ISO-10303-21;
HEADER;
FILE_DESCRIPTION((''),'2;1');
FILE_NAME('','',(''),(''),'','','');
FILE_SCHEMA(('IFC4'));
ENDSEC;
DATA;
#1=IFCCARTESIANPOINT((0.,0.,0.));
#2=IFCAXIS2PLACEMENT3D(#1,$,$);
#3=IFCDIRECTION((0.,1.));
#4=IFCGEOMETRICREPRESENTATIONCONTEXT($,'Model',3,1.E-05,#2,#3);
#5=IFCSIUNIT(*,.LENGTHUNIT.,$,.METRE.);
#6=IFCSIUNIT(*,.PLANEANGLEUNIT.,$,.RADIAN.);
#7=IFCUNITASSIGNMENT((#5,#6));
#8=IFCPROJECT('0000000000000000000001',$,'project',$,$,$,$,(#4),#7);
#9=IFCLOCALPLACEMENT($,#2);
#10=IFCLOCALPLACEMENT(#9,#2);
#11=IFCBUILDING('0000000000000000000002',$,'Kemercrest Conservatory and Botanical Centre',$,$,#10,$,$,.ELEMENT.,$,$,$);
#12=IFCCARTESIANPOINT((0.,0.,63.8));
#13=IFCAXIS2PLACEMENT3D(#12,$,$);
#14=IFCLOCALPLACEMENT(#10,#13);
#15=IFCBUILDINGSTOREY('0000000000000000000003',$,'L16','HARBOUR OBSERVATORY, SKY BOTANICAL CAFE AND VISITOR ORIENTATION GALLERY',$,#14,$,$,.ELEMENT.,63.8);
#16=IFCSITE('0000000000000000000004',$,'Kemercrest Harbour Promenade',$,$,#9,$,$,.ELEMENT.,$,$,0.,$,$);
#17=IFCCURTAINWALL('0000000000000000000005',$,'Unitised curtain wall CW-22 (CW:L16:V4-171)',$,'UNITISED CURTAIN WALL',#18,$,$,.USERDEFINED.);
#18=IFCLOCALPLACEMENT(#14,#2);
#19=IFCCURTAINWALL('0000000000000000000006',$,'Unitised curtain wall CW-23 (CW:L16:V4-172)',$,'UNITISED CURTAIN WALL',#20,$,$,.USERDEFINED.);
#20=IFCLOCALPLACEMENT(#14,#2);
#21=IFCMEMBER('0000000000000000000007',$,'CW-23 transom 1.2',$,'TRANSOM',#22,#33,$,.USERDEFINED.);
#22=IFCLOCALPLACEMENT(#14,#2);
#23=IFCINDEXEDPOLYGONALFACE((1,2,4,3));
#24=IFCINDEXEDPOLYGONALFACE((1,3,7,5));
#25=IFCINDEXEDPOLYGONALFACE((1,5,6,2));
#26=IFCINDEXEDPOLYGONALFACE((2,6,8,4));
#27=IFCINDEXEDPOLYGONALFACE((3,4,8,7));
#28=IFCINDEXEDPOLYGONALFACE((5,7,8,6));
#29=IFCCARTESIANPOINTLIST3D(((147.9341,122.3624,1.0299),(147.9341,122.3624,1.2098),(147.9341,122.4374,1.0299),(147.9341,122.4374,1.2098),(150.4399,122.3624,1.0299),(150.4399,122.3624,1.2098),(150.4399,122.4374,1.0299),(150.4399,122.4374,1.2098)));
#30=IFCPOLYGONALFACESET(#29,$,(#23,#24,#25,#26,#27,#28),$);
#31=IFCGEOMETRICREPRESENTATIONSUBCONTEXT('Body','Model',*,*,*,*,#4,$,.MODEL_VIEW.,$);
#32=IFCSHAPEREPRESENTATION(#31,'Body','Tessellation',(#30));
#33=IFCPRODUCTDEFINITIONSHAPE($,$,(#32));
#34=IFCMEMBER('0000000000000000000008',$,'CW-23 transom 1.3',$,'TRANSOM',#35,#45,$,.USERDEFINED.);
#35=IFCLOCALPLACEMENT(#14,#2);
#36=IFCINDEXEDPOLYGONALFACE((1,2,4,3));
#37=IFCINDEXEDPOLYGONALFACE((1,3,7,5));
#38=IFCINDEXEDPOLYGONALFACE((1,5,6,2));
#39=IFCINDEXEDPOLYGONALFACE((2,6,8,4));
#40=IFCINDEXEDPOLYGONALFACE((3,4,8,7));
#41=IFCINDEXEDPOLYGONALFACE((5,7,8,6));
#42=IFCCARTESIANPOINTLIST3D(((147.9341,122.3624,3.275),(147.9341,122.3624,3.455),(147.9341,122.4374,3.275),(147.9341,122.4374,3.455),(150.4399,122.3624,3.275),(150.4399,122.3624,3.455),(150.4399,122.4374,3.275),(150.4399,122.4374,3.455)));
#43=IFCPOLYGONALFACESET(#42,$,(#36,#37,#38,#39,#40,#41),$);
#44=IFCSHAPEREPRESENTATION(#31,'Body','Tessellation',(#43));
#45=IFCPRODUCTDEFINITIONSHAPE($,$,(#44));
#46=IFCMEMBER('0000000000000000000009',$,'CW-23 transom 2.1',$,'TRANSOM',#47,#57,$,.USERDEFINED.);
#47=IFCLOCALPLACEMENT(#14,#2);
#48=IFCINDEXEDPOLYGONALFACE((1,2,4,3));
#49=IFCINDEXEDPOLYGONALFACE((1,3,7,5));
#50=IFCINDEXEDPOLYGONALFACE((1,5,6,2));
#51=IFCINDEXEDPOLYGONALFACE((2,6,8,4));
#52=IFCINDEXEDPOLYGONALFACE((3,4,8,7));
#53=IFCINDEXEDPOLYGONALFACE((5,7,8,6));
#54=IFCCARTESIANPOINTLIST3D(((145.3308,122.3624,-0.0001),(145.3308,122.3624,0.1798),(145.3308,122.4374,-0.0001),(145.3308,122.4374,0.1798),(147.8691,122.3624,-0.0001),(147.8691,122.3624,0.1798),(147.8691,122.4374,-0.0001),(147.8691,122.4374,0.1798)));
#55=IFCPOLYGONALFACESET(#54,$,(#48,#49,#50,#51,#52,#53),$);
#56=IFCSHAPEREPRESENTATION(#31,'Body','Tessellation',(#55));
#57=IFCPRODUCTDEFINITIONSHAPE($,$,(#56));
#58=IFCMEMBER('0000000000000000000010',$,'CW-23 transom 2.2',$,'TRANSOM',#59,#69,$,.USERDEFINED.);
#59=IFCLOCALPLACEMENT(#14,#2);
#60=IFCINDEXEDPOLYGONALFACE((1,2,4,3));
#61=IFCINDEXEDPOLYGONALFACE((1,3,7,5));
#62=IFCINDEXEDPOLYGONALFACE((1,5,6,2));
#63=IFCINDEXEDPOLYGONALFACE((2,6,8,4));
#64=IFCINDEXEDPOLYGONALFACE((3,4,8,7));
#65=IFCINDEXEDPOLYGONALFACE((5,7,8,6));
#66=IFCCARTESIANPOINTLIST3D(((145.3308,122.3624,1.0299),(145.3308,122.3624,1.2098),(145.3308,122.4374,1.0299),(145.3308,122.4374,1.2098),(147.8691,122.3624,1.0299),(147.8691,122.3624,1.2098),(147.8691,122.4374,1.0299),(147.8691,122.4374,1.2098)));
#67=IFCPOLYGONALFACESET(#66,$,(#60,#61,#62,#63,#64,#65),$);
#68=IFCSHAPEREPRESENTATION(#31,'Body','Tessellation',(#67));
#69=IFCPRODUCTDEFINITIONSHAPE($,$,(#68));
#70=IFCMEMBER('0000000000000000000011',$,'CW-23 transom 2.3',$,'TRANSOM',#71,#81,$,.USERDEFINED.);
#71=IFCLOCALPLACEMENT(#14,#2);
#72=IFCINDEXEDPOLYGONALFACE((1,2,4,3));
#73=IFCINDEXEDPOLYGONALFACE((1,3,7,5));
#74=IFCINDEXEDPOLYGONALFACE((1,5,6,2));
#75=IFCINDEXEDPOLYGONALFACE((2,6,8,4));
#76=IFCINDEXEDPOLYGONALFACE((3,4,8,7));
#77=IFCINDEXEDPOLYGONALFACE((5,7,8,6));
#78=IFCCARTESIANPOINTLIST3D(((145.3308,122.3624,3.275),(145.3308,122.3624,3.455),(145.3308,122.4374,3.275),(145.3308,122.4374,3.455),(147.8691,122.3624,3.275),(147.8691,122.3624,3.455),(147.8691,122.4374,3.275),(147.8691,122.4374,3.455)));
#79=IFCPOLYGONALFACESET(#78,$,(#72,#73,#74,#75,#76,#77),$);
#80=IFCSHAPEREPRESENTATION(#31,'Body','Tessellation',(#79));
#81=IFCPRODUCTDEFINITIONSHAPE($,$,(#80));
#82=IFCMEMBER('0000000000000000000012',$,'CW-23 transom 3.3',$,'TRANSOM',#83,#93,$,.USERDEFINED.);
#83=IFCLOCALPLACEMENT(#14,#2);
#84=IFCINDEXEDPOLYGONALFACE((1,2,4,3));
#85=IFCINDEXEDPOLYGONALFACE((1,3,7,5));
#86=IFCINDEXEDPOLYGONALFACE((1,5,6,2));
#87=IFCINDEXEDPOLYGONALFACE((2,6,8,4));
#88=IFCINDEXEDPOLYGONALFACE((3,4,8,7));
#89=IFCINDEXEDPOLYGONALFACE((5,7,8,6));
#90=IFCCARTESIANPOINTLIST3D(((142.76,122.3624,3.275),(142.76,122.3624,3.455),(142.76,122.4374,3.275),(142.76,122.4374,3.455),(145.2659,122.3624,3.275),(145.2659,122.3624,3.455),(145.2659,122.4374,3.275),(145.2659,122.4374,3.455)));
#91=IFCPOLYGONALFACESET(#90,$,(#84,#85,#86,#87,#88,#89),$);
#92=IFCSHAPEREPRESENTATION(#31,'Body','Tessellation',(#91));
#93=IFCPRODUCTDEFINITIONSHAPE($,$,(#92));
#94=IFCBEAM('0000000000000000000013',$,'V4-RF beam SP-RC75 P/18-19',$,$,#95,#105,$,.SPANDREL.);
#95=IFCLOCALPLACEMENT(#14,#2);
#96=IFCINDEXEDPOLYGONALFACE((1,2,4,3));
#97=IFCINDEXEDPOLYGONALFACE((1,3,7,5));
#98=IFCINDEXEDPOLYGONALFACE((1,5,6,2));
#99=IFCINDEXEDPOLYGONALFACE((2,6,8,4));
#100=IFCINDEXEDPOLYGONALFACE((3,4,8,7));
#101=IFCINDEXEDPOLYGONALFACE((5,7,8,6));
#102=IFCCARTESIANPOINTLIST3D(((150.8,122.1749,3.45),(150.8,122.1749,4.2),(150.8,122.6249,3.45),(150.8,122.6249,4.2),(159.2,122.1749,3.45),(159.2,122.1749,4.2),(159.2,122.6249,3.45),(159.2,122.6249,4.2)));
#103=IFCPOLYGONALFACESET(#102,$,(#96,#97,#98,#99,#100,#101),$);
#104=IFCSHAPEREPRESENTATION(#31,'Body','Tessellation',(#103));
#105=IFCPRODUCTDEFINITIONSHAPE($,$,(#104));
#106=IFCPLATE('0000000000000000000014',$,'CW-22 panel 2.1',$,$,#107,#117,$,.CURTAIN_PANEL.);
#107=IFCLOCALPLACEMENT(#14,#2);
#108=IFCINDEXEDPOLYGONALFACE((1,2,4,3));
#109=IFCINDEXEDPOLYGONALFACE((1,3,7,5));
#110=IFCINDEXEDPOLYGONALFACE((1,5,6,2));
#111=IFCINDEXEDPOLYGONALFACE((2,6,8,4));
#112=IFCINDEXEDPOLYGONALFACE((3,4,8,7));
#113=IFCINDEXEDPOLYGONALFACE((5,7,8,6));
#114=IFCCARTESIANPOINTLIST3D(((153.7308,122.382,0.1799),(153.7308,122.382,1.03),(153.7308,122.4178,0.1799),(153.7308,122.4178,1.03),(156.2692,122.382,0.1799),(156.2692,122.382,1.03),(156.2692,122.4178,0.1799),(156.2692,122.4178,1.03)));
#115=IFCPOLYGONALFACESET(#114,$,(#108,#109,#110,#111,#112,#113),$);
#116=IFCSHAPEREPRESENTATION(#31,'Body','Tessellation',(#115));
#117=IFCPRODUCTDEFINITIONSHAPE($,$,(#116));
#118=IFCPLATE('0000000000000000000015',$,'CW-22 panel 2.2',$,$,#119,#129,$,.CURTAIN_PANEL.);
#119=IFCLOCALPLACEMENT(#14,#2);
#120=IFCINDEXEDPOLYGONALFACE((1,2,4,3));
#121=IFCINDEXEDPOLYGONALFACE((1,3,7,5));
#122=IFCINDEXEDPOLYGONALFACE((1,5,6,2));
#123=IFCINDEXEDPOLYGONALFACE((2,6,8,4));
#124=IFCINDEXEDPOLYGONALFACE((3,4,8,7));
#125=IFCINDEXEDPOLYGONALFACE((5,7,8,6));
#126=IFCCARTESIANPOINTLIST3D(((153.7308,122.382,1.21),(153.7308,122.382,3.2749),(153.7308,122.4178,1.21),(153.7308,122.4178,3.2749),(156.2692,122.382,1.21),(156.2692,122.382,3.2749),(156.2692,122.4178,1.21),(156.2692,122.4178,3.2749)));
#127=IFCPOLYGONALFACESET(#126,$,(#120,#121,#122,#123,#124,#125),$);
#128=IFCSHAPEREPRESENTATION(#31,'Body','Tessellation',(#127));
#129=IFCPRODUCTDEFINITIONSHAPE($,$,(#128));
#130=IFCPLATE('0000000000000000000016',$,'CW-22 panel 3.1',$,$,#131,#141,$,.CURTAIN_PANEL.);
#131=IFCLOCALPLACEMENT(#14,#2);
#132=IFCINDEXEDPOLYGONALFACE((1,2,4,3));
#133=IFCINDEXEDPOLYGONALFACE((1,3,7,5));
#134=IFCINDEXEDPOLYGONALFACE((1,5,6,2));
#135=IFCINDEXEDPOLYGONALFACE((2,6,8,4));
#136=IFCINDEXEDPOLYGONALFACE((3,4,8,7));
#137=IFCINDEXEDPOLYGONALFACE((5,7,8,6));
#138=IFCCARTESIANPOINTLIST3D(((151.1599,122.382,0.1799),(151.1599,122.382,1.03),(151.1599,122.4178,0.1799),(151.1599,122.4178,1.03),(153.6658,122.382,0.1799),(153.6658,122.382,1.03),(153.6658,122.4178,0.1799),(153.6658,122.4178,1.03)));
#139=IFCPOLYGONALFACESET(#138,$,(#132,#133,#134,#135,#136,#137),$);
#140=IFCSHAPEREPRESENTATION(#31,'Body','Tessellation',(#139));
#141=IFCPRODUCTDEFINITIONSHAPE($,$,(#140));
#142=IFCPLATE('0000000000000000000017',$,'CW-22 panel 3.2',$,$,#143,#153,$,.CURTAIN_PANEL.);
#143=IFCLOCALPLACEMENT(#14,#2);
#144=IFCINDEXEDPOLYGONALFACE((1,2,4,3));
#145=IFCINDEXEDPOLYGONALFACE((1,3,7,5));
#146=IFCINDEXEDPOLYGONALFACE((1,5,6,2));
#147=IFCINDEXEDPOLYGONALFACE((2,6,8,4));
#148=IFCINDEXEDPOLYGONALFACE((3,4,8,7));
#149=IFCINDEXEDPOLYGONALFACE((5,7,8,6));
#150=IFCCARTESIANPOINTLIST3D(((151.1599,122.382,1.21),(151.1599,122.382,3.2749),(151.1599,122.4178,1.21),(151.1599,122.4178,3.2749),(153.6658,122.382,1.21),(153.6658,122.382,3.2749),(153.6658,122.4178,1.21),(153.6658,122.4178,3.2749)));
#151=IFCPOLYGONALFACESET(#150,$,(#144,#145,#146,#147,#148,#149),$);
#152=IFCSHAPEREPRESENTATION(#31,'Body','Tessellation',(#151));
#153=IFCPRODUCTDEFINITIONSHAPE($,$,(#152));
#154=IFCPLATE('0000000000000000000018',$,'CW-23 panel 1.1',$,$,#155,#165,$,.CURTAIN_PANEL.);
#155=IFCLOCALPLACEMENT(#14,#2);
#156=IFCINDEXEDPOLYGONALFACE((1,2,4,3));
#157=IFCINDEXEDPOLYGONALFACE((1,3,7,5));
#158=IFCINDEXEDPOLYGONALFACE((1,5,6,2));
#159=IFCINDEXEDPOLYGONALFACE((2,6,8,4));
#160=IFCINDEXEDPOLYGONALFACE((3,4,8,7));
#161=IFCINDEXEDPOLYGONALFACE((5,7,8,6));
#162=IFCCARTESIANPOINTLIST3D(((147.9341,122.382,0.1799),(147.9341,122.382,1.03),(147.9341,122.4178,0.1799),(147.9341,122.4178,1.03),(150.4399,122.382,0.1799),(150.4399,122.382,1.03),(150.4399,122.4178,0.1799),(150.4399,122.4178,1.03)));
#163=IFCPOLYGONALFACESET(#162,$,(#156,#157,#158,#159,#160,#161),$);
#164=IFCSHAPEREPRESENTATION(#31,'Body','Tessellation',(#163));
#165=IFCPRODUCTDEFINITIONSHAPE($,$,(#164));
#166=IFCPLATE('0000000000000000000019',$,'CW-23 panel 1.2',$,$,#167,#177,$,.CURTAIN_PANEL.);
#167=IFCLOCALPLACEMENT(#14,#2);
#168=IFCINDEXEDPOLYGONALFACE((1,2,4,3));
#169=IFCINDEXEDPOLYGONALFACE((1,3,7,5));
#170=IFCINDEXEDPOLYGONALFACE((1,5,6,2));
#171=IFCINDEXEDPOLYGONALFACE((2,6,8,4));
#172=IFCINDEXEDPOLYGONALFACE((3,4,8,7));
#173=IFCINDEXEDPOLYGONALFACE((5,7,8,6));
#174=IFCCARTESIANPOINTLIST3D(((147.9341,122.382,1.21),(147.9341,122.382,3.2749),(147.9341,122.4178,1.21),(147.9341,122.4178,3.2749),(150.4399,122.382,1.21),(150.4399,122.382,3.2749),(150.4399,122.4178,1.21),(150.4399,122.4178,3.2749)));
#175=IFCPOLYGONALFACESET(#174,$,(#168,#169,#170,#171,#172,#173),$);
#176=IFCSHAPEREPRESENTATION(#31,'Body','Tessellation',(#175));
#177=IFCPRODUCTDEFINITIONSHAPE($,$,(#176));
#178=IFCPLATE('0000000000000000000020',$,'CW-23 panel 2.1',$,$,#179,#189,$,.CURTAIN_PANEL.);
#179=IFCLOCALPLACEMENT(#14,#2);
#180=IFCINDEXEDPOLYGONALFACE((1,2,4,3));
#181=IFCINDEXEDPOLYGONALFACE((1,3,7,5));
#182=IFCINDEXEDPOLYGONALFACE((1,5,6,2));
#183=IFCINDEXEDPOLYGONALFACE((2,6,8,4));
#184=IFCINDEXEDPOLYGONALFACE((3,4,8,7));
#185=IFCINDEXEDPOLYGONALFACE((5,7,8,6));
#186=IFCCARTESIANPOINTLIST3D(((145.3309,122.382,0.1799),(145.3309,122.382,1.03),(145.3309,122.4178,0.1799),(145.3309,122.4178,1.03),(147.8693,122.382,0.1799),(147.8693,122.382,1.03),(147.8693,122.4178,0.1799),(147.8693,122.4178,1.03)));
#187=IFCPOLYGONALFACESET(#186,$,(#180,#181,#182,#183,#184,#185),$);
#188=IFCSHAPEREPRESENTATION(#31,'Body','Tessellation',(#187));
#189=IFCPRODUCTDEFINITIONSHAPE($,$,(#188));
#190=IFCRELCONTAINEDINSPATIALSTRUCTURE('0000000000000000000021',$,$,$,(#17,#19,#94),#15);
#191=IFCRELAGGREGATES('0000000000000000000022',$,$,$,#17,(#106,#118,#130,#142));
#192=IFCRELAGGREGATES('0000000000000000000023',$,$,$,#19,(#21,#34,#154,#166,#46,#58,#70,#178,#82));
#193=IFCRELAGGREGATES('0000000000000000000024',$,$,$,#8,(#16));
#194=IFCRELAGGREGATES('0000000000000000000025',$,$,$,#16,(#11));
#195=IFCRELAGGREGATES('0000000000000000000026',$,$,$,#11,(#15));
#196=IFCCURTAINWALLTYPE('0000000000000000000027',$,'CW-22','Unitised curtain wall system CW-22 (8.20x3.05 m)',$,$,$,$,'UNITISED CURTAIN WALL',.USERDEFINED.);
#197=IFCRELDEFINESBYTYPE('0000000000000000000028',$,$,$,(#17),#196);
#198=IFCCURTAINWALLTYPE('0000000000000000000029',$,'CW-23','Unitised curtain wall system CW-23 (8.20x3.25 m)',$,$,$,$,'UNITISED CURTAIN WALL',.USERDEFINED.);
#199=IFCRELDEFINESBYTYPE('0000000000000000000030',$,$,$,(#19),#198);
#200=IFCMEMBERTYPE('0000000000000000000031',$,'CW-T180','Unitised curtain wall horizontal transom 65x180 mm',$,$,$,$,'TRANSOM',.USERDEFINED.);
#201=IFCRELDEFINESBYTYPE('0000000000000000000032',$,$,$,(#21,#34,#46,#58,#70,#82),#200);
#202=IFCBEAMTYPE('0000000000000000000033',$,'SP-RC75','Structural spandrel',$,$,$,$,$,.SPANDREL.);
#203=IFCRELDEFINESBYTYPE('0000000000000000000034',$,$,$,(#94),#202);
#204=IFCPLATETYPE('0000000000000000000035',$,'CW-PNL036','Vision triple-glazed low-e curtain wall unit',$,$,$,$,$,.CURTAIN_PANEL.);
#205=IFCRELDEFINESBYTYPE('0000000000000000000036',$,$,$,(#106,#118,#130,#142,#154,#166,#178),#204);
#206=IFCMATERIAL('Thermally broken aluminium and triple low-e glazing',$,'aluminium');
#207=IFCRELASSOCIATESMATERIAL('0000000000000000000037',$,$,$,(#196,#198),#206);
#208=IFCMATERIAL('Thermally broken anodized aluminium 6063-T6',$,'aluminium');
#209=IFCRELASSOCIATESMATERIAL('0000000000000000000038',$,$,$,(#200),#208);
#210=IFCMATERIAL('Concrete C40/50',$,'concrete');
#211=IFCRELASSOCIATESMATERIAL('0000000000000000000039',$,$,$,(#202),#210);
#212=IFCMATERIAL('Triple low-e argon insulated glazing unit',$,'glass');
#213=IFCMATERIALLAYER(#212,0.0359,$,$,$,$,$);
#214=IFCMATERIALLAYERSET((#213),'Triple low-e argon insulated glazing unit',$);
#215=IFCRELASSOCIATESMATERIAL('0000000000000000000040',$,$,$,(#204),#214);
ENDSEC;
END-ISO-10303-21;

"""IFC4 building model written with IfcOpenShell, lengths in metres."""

from ifc_helpers import new_model, si_unit, direction, frame, origin, origin_2d, place, context, subcontext, project, spatial, rectangle, extrude, material, layer, layer_set, material_profile, profile_set, type_object, element, aggregate, save


model = new_model("IFC4")

# Units and contexts
model_context = context("Model", 3, precision=1e-05, world=origin(), true_north=direction((0.0, 1.0)))
body_context = subcontext(model_context, "Body", "Model", "MODEL_VIEW")
ifc_project = project(units=[si_unit("LENGTHUNIT", "METRE"), si_unit("PLANEANGLEUNIT", "RADIAN")], contexts=[model_context])

# Site, building, storey
site_placement = place(None, origin())
site = spatial("IfcSite", under=ifc_project, at=site_placement, Name="Kemercrest Harbour Promenade", CompositionType="ELEMENT", RefElevation=0.0)
building_placement = place(site_placement, origin())
building = spatial("IfcBuilding", under=site, at=building_placement, Name="Kemercrest Conservatory and Botanical Centre", CompositionType="ELEMENT")
storey_placement = place(building_placement, frame((0.0, 0.0, 63.8)))
storey = spatial("IfcBuildingStorey", under=building, at=storey_placement, Name="L16", Description="HARBOUR OBSERVATORY, SKY BOTANICAL CAFE AND VISITOR ORIENTATION GALLERY", CompositionType="ELEMENT", Elevation=63.8)

# Shared definitions
ifc_material_1 = material(Name="Concrete C40/50", Category="concrete")

# Curtain walls
ifc_material_2 = material(Name="Thermally broken aluminium and triple low-e glazing", Category="aluminium")
curtain_wall_type_1 = type_object("IfcCurtainWallType", Name="CW-22", Description="Unitised curtain wall system CW-22 (8.20x3.05 m)", ElementType="UNITISED CURTAIN WALL", PredefinedType="USERDEFINED", material=ifc_material_2)
curtain_wall_1_placement = place(storey_placement, origin())
curtain_wall_1 = element("IfcCurtainWall", 1, at=curtain_wall_1_placement, inside=storey, type_object=curtain_wall_type_1, Name="Unitised curtain wall CW-22 (CW:L16:V4-171)", ObjectType="UNITISED CURTAIN WALL", PredefinedType="USERDEFINED")
ifc_material_3 = material(Name="Thermally broken anodized aluminium 6063-T6", Category="aluminium")
curtain_wall_type_2 = type_object("IfcCurtainWallType", Name="CW-23", Description="Unitised curtain wall system CW-23 (8.20x3.25 m)", ElementType="UNITISED CURTAIN WALL", PredefinedType="USERDEFINED", material=ifc_material_2)
curtain_wall_2_placement = place(storey_placement, origin())
curtain_wall_2 = element("IfcCurtainWall", 2, at=curtain_wall_2_placement, inside=storey, type_object=curtain_wall_type_2, Name="Unitised curtain wall CW-23 (CW:L16:V4-172)", ObjectType="UNITISED CURTAIN WALL", PredefinedType="USERDEFINED")

# Members
ifc_material_profile_1 = material_profile(ifc_material_3, rectangle(XDim=0.075, YDim=0.1799, at=origin_2d()), Name="AL TRANSOM 75x180")
ifc_profile_set_1 = profile_set([ifc_material_profile_1], Name="Thermally broken anodized aluminium 6063-T6")
member_type_1 = type_object("IfcMemberType", Name="CW-T180", Description="Unitised curtain wall horizontal transom 65x180 mm", ElementType="TRANSOM", PredefinedType="USERDEFINED", material=ifc_profile_set_1)
member_1_placement = place(storey_placement, frame((150.4399, 122.3999, 1.1199), z_axis=(-1.0, 0.0, 0.0), x_axis=(0.0, -1.0, 0.0)))
member_1 = element("IfcMember", 3, at=member_1_placement, type_object=member_type_1, Name="CW-23 transom 1.2", ObjectType="TRANSOM", PredefinedType="USERDEFINED", context=body_context, shape_type="SweptSolid", body=[
    extrude(rectangle(XDim=0.075, YDim=0.1799, at=origin_2d()), origin(), (0.0, 0.0, 1.0), 2.5059),
])
member_2_placement = place(storey_placement, frame((150.4399, 122.3999, 3.365), z_axis=(-1.0, 0.0, 0.0), x_axis=(0.0, -1.0, 0.0)))
member_2 = element("IfcMember", 4, at=member_2_placement, type_object=member_type_1, Name="CW-23 transom 1.3", ObjectType="TRANSOM", PredefinedType="USERDEFINED", context=body_context, shape_type="SweptSolid", body=[
    extrude(rectangle(XDim=0.075, YDim=0.1799, at=origin_2d()), origin(), (0.0, 0.0, 1.0), 2.5059),
])
member_3_placement = place(storey_placement, frame((147.8691, 122.3999, 0.0898), z_axis=(-1.0, 0.0, 0.0), x_axis=(0.0, -1.0, 0.0)))
member_3 = element("IfcMember", 5, at=member_3_placement, type_object=member_type_1, Name="CW-23 transom 2.1", ObjectType="TRANSOM", PredefinedType="USERDEFINED", context=body_context, shape_type="SweptSolid", body=[
    extrude(rectangle(XDim=0.075, YDim=0.1799, at=origin_2d()), origin(), (0.0, 0.0, 1.0), 2.5383),
])
member_4_placement = place(storey_placement, frame((147.8691, 122.3999, 1.1199), z_axis=(-1.0, 0.0, 0.0), x_axis=(0.0, -1.0, 0.0)))
member_4 = element("IfcMember", 6, at=member_4_placement, type_object=member_type_1, Name="CW-23 transom 2.2", ObjectType="TRANSOM", PredefinedType="USERDEFINED", context=body_context, shape_type="SweptSolid", body=[
    extrude(rectangle(XDim=0.075, YDim=0.1799, at=origin_2d()), origin(), (0.0, 0.0, 1.0), 2.5383),
])
member_5_placement = place(storey_placement, frame((147.8691, 122.3999, 3.365), z_axis=(-1.0, 0.0, 0.0), x_axis=(0.0, -1.0, 0.0)))
member_5 = element("IfcMember", 7, at=member_5_placement, type_object=member_type_1, Name="CW-23 transom 2.3", ObjectType="TRANSOM", PredefinedType="USERDEFINED", context=body_context, shape_type="SweptSolid", body=[
    extrude(rectangle(XDim=0.075, YDim=0.1799, at=origin_2d()), origin(), (0.0, 0.0, 1.0), 2.5383),
])
member_6_placement = place(storey_placement, frame((145.2659, 122.3999, 3.365), z_axis=(-1.0, 0.0, 0.0), x_axis=(0.0, -1.0, 0.0)))
member_6 = element("IfcMember", 8, at=member_6_placement, type_object=member_type_1, Name="CW-23 transom 3.3", ObjectType="TRANSOM", PredefinedType="USERDEFINED", context=body_context, shape_type="SweptSolid", body=[
    extrude(rectangle(XDim=0.075, YDim=0.1799, at=origin_2d()), origin(), (0.0, 0.0, 1.0), 2.5059),
])

# Beam
ifc_material_profile_2 = material_profile(ifc_material_1, rectangle(XDim=0.45, YDim=0.75, at=origin_2d()), Name="RC 450x750")
ifc_profile_set_2 = profile_set([ifc_material_profile_2], Name="Concrete C40/50")
beam_type = type_object("IfcBeamType", Name="SP-RC75", Description="Structural spandrel", PredefinedType="SPANDREL", material=ifc_profile_set_2)
beam_placement = place(storey_placement, frame((150.8, 122.3999, 3.825), z_axis=(1.0, 0.0, 0.0), x_axis=(0.0, 1.0, 0.0)))
element("IfcBeam", 9, at=beam_placement, inside=storey, type_object=beam_type, Name="V4-RF beam SP-RC75 P/18-19", PredefinedType="SPANDREL", context=body_context, shape_type="SweptSolid", body=[
    extrude(rectangle(XDim=0.45, YDim=0.75, at=origin_2d()), origin(), (0.0, 0.0, 1.0), 8.3999),
])

# Plates
ifc_material_4 = material(Name="Triple low-e argon insulated glazing unit", Category="glass")
ifc_layer = layer(ifc_material_4, 0.0359)
ifc_layer_set = layer_set([ifc_layer], Name="Triple low-e argon insulated glazing unit")
plate_type = type_object("IfcPlateType", Name="CW-PNL036", Description="Vision triple-glazed low-e curtain wall unit", PredefinedType="CURTAIN_PANEL", material=ifc_layer_set)
plate_1_placement = place(storey_placement, frame((155.0, 122.3999, 0.1799), z_axis=(0.0, 0.0, 1.0), x_axis=(-1.0, 0.0, 0.0)))
plate_1 = element("IfcPlate", 10, at=plate_1_placement, type_object=plate_type, Name="CW-22 panel 2.1", PredefinedType="CURTAIN_PANEL", context=body_context, shape_type="SweptSolid", body=[
    extrude(rectangle(XDim=2.5383, YDim=0.0359, at=origin_2d()), origin(), (0.0, 0.0, 1.0), 0.8501),
])
plate_2_placement = place(storey_placement, frame((155.0, 122.3999, 1.21), z_axis=(0.0, 0.0, 1.0), x_axis=(-1.0, 0.0, 0.0)))
plate_2 = element("IfcPlate", 11, at=plate_2_placement, type_object=plate_type, Name="CW-22 panel 2.2", PredefinedType="CURTAIN_PANEL", context=body_context, shape_type="SweptSolid", body=[
    extrude(rectangle(XDim=2.5383, YDim=0.0359, at=origin_2d()), origin(), (0.0, 0.0, 1.0), 2.0649),
])
plate_3_placement = place(storey_placement, frame((152.4128, 122.3999, 0.1799), z_axis=(0.0, 0.0, 1.0), x_axis=(-1.0, 0.0, 0.0)))
plate_3 = element("IfcPlate", 12, at=plate_3_placement, type_object=plate_type, Name="CW-22 panel 3.1", PredefinedType="CURTAIN_PANEL", context=body_context, shape_type="SweptSolid", body=[
    extrude(rectangle(XDim=2.5059, YDim=0.0359, at=origin_2d()), origin(), (0.0, 0.0, 1.0), 0.8501),
])
plate_4_placement = place(storey_placement, frame((152.4128, 122.3999, 1.21), z_axis=(0.0, 0.0, 1.0), x_axis=(-1.0, 0.0, 0.0)))
plate_4 = element("IfcPlate", 13, at=plate_4_placement, type_object=plate_type, Name="CW-22 panel 3.2", PredefinedType="CURTAIN_PANEL", context=body_context, shape_type="SweptSolid", body=[
    extrude(rectangle(XDim=2.5059, YDim=0.0359, at=origin_2d()), origin(), (0.0, 0.0, 1.0), 2.0649),
])
aggregate(curtain_wall_1, [plate_1, plate_2, plate_3, plate_4])
plate_5_placement = place(storey_placement, frame((149.187, 122.3999, 0.1799), z_axis=(0.0, 0.0, 1.0), x_axis=(-1.0, 0.0, 0.0)))
plate_5 = element("IfcPlate", 14, at=plate_5_placement, type_object=plate_type, Name="CW-23 panel 1.1", PredefinedType="CURTAIN_PANEL", context=body_context, shape_type="SweptSolid", body=[
    extrude(rectangle(XDim=2.5059, YDim=0.0359, at=origin_2d()), origin(), (0.0, 0.0, 1.0), 0.8501),
])
plate_6_placement = place(storey_placement, frame((149.187, 122.3999, 1.21), z_axis=(0.0, 0.0, 1.0), x_axis=(-1.0, 0.0, 0.0)))
plate_6 = element("IfcPlate", 15, at=plate_6_placement, type_object=plate_type, Name="CW-23 panel 1.2", PredefinedType="CURTAIN_PANEL", context=body_context, shape_type="SweptSolid", body=[
    extrude(rectangle(XDim=2.5059, YDim=0.0359, at=origin_2d()), origin(), (0.0, 0.0, 1.0), 2.0649),
])
plate_7_placement = place(storey_placement, frame((146.6001, 122.3999, 0.1799), z_axis=(0.0, 0.0, 1.0), x_axis=(-1.0, 0.0, 0.0)))
plate_7 = element("IfcPlate", 16, at=plate_7_placement, type_object=plate_type, Name="CW-23 panel 2.1", PredefinedType="CURTAIN_PANEL", context=body_context, shape_type="SweptSolid", body=[
    extrude(rectangle(XDim=2.5383, YDim=0.0359, at=origin_2d()), origin(), (0.0, 0.0, 1.0), 0.8501),
])
aggregate(curtain_wall_2, [member_1, member_2, plate_5, plate_6, member_3, member_4, member_5, plate_7, member_6])

save(model, "model.ifc")
